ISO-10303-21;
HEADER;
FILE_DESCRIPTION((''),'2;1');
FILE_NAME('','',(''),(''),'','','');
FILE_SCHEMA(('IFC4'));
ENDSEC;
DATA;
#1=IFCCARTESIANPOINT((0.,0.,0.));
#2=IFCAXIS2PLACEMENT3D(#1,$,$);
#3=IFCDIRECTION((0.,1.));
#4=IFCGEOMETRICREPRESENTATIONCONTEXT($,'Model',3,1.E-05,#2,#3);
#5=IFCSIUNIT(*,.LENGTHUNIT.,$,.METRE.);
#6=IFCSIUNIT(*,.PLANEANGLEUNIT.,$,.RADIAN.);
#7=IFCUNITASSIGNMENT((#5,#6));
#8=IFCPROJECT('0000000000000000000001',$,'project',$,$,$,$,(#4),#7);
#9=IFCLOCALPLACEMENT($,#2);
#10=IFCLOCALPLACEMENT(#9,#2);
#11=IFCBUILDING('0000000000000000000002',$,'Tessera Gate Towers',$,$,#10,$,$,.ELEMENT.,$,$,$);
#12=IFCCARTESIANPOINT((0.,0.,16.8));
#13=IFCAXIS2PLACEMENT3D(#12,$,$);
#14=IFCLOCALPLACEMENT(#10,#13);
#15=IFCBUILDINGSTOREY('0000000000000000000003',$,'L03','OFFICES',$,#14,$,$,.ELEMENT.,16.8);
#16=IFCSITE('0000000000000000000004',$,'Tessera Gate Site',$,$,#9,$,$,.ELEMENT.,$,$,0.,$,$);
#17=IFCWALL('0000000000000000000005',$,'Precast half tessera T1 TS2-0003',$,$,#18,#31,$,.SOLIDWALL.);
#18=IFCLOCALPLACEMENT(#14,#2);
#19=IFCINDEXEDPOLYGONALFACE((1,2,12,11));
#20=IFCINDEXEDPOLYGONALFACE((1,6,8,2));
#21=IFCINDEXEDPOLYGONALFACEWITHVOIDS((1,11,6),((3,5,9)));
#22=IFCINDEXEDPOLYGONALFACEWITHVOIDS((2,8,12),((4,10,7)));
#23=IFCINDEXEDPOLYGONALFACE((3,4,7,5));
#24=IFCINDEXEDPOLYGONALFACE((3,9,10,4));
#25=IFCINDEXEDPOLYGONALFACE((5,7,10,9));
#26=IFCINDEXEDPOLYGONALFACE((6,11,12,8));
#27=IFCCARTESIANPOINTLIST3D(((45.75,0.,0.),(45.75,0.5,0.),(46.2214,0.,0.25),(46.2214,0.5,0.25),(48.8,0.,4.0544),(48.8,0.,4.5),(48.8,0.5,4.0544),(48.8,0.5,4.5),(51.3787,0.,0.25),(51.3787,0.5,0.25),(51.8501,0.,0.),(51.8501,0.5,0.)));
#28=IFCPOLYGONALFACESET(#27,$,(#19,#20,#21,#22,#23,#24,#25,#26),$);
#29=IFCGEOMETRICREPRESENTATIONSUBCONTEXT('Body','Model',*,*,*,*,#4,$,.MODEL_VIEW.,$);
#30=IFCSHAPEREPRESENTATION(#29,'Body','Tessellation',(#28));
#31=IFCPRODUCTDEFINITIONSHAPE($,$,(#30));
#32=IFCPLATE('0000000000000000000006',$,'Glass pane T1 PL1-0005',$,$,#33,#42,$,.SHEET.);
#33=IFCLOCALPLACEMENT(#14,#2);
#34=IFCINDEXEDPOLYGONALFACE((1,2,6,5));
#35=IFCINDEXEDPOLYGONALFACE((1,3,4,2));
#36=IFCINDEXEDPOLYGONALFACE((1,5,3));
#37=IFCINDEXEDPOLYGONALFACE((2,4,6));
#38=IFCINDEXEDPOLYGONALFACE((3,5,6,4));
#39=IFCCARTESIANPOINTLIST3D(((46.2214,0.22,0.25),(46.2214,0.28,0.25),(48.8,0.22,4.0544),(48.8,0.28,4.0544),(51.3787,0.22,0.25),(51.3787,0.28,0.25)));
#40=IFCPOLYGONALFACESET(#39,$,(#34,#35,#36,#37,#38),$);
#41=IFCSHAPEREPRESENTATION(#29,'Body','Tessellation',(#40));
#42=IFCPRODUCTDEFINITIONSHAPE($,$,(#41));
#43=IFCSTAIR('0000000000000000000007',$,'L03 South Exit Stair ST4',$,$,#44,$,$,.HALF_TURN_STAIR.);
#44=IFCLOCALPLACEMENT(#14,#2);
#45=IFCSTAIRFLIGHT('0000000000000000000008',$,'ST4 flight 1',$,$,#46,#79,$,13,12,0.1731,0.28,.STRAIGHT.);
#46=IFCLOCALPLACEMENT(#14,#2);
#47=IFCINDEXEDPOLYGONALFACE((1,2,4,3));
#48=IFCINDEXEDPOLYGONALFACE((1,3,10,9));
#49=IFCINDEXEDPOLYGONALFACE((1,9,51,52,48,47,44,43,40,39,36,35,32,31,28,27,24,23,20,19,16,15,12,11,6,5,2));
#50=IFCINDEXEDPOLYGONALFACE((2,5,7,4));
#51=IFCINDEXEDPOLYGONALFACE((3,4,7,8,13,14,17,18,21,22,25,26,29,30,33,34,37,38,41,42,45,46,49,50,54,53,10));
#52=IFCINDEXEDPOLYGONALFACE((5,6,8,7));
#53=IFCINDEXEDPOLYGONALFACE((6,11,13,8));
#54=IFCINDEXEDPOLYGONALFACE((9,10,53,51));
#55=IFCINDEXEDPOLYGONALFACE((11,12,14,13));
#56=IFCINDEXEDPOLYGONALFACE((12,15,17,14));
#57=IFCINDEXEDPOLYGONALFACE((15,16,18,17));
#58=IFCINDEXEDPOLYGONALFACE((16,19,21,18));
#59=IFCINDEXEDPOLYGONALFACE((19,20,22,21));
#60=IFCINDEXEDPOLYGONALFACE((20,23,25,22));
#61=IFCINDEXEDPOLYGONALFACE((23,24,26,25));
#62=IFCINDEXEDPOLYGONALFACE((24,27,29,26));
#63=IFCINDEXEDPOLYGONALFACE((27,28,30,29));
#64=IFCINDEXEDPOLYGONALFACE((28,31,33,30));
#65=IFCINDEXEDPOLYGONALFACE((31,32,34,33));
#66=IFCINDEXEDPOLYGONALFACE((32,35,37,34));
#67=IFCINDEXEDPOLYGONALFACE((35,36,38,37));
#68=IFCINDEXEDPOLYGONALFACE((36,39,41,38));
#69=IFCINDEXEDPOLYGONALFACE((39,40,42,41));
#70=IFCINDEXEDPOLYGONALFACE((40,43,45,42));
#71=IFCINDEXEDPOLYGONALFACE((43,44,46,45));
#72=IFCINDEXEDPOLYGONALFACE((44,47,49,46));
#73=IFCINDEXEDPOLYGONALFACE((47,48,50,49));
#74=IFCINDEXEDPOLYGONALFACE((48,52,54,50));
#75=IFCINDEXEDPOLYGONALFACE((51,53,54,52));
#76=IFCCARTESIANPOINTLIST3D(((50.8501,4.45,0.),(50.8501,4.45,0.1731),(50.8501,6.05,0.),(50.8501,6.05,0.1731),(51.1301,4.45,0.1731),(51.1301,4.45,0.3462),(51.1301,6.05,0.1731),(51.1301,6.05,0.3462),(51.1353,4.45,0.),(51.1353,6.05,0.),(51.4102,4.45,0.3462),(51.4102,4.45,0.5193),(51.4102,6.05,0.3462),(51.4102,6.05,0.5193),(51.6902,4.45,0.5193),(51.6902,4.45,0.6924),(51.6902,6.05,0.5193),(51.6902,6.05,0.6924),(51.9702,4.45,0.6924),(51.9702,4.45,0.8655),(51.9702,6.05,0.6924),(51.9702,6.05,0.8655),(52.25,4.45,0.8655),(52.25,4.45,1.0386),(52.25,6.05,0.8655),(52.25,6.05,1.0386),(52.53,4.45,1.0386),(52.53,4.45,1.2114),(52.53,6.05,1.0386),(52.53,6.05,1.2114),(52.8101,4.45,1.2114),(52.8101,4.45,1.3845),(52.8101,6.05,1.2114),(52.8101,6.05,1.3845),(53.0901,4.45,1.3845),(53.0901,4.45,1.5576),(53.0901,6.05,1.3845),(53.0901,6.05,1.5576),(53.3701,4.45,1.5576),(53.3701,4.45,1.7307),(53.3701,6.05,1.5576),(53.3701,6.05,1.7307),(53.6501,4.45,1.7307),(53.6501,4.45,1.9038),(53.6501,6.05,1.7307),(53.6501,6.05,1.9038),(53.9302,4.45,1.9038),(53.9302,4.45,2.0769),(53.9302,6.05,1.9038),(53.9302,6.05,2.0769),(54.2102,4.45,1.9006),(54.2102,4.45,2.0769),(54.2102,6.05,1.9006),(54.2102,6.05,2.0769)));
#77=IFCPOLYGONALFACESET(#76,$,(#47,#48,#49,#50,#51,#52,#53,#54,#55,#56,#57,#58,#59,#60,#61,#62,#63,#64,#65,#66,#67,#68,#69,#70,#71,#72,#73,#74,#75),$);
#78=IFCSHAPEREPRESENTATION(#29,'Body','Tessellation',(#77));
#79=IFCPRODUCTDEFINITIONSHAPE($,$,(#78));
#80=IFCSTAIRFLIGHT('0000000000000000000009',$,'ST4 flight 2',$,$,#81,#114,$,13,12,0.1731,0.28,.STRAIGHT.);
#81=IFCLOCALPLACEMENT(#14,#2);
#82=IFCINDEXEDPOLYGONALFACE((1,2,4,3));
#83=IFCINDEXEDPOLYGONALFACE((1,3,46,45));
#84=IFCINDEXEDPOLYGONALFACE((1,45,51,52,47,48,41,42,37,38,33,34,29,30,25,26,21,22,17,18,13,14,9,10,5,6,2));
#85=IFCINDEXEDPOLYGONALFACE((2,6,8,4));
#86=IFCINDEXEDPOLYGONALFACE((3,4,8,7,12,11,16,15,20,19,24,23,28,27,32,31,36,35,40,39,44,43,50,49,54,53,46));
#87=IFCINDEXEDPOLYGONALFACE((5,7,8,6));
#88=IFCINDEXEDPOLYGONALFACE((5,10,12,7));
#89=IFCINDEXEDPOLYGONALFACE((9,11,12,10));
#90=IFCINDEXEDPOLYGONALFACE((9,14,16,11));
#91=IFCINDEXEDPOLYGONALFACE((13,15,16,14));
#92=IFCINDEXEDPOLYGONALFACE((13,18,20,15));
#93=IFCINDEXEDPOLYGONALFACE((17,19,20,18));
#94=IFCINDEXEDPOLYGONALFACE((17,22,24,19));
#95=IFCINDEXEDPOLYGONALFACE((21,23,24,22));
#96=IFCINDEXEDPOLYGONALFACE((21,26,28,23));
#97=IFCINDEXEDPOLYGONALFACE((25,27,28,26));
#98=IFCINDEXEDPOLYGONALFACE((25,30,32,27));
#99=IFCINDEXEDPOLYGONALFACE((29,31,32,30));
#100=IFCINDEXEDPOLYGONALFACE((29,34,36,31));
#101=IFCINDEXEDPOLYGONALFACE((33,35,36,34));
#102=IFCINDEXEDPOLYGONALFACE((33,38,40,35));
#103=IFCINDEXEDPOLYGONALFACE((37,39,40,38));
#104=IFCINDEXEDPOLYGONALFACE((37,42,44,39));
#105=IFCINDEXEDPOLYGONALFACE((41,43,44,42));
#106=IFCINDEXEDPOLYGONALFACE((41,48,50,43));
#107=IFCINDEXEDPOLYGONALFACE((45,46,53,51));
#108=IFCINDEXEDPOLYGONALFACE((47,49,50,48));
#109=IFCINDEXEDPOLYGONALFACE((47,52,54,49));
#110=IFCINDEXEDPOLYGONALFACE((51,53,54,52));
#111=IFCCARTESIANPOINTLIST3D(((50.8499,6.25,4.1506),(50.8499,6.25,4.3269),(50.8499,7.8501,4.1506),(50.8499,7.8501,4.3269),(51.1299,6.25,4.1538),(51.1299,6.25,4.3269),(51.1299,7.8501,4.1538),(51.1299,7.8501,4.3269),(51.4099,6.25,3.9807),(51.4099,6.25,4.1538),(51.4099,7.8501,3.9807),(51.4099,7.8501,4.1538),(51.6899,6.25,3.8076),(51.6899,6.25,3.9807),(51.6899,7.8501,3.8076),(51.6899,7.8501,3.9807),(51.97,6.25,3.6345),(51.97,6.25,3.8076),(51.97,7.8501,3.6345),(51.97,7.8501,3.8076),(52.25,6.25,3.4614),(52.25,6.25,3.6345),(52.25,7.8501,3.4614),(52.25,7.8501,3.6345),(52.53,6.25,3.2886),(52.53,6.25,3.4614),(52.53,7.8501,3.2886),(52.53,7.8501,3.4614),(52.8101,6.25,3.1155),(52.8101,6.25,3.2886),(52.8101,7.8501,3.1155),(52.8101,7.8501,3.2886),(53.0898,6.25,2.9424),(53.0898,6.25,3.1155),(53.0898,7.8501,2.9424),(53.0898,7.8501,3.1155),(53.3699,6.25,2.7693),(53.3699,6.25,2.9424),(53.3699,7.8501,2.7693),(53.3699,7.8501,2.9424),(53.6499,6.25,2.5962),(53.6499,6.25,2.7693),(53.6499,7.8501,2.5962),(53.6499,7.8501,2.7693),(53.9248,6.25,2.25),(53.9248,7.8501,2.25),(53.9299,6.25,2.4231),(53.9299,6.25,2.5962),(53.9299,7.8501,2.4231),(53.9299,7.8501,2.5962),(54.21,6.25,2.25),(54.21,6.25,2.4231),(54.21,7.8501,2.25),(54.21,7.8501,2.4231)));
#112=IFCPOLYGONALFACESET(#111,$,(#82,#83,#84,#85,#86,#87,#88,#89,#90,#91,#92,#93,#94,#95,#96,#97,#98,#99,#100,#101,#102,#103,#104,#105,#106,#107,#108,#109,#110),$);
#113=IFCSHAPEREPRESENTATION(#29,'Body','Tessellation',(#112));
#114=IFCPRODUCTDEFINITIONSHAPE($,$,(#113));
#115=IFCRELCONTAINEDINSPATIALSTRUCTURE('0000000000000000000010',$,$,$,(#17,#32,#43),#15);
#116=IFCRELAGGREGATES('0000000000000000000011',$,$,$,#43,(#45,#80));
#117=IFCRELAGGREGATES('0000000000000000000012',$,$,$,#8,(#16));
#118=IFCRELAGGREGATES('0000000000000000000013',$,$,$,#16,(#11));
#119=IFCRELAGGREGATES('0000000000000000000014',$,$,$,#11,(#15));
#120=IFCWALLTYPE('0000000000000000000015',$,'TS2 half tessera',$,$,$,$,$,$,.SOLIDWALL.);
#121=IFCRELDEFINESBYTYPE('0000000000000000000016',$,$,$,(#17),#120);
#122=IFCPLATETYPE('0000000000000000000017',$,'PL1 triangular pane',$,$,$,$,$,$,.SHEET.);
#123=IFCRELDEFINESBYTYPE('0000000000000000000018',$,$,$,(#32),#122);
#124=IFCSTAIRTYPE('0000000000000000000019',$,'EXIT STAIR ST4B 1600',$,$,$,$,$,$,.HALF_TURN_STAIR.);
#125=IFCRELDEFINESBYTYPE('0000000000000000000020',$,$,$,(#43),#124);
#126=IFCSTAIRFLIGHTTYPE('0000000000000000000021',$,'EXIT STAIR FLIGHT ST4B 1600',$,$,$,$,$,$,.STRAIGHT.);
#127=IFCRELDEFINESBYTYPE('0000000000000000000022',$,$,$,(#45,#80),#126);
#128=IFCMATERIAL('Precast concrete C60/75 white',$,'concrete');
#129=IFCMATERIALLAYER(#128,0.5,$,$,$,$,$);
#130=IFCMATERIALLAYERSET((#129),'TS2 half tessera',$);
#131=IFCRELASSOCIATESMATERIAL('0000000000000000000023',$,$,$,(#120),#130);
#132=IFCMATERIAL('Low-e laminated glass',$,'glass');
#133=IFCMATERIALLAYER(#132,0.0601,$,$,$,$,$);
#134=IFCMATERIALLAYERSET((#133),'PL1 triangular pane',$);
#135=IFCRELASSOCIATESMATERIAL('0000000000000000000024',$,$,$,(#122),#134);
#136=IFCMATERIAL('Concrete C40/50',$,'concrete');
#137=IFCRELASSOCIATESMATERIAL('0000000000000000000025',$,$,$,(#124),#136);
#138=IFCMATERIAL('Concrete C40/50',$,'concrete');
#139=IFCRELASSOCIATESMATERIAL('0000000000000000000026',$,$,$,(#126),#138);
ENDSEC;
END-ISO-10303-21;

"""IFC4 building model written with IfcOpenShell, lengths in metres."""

from ifc_helpers import new_model, si_unit, direction, frame, origin, place, context, subcontext, project, spatial, polyline, outline, extrude, source, transform, mapped, material, layer, layer_set, type_object, element, fill, aggregate, save


model = new_model("IFC4")

# Units and contexts
model_context = context("Model", 3, precision=1e-05, world=origin(), true_north=direction((0.0, 1.0)))
body_context = subcontext(model_context, "Body", "Model", "MODEL_VIEW")
ifc_project = project(units=[si_unit("LENGTHUNIT", "METRE"), si_unit("PLANEANGLEUNIT", "RADIAN")], contexts=[model_context])

# Site, building, storey
site_placement = place(None, origin())
site = spatial("IfcSite", under=ifc_project, at=site_placement, Name="Tessera Gate Site", CompositionType="ELEMENT", RefElevation=0.0)
building_placement = place(site_placement, origin())
building = spatial("IfcBuilding", under=site, at=building_placement, Name="Tessera Gate Towers", CompositionType="ELEMENT")
storey_placement = place(building_placement, frame((0.0, 0.0, 16.8)))
storey = spatial("IfcBuildingStorey", under=building, at=storey_placement, Name="L03", Description="OFFICES", CompositionType="ELEMENT", Elevation=16.8)

# Wall, opening, plate
ifc_material_1 = material(Name="Precast concrete C60/75 white", Category="concrete")
ifc_layer_1 = layer(ifc_material_1, 0.5)
ifc_layer_set_1 = layer_set([ifc_layer_1], Name="TS2 half tessera")
wall_type_1 = type_object("IfcWallType", Name="TS2 half tessera", PredefinedType="SOLIDWALL", material=ifc_layer_set_1)
shared_shape_1 = source(origin(), body_context, "Body", "SweptSolid", [
    extrude(outline(polyline([(6.1001, 0.0), (3.05, 4.5), (0.0, 0.0), (6.1001, 0.0)])), frame((0.0, 0.25, 0.0), z_axis=(0.0, -1.0, 0.0), x_axis=(1.0, 0.0, 0.0)), (0.0, 0.0, 1.0), 0.5),
])
shared_shape_2 = source(origin(), body_context, "Body", "SweptSolid", [
    extrude(outline(polyline([(5.6287, 0.25), (3.05, 4.0544), (0.4714, 0.25), (5.6287, 0.25)])), frame((0.0, 0.26, 0.0), z_axis=(0.0, -1.0, 0.0), x_axis=(1.0, 0.0, 0.0)), (0.0, 0.0, 1.0), 0.52),
])
ifc_material_2 = material(Name="Low-e laminated glass", Category="glass")
ifc_layer_2 = layer(ifc_material_2, 0.0601)
ifc_layer_set_2 = layer_set([ifc_layer_2], Name="PL1 triangular pane")
plate_type = type_object("IfcPlateType", Name="PL1 triangular pane", PredefinedType="SHEET", material=ifc_layer_set_2)
shared_shape_3 = source(origin(), body_context, "Body", "SweptSolid", [
    extrude(outline(polyline([(5.6287, 0.25), (3.05, 4.0544), (0.4714, 0.25), (5.6287, 0.25)])), frame((0.0, 0.03, 0.0), z_axis=(0.0, -1.0, 0.0), x_axis=(1.0, 0.0, 0.0)), (0.0, 0.0, 1.0), 0.0601),
])
wall_1_placement = place(storey_placement, frame((45.75, 0.25, 0.0), z_axis=(0.0, 0.0, 1.0), x_axis=(1.0, 0.0, 0.0)))
wall_1 = element("IfcWall", 1, at=wall_1_placement, inside=storey, type_object=wall_type_1, Name="Precast half tessera T1 TS2-0003", PredefinedType="SOLIDWALL", context=body_context, shape_type="MappedRepresentation", body=[
    mapped(shared_shape_1, transform((0.0, 0.0, 0.0), scale=1.0)),
])
opening_1_placement = place(wall_1_placement, origin())
opening_1 = element("IfcOpeningElement", 2, at=opening_1_placement, cuts=wall_1, PredefinedType="OPENING", context=body_context, shape_type="MappedRepresentation", body=[
    mapped(shared_shape_2, transform((0.0, 0.0, 0.0), scale=1.0)),
])
plate_1_placement = place(opening_1_placement, origin())
plate_1 = element("IfcPlate", 3, at=plate_1_placement, inside=storey, type_object=plate_type, Name="Glass pane T1 PL1-0005", PredefinedType="SHEET", context=body_context, shape_type="MappedRepresentation", body=[
    mapped(shared_shape_3, transform((0.0, 0.0, 0.0), scale=1.0)),
])
fill(opening_1, plate_1)

# Stair, stair flights
ifc_material_3 = material(Name="Concrete C40/50", Category="concrete")
stair_type = type_object("IfcStairType", Name="EXIT STAIR ST4B 1600", PredefinedType="HALF_TURN_STAIR", material=ifc_material_3)
stair_placement = place(storey_placement, origin())
stair = element("IfcStair", 4, at=stair_placement, inside=storey, type_object=stair_type, Name="L03 South Exit Stair ST4", PredefinedType="HALF_TURN_STAIR")
ifc_material_4 = material(Name="Concrete C40/50", Category="concrete")
stair_flight_type = type_object("IfcStairFlightType", Name="EXIT STAIR FLIGHT ST4B 1600", PredefinedType="STRAIGHT", material=ifc_material_4)
stair_flight_1_placement = place(storey_placement, frame((50.8501, 5.25, 0.0), z_axis=(0.0, 0.0, 1.0), x_axis=(1.0, 0.0, 0.0)))
stair_flight_1 = element("IfcStairFlight", 5, at=stair_flight_1_placement, type_object=stair_flight_type, Name="ST4 flight 1", NumberOfRisers=13, NumberOfTreads=12, PredefinedType="STRAIGHT", RiserHeight=0.1731, TreadLength=0.28, context=body_context, shape_type="SweptSolid", body=[
    extrude(outline(polyline([(0.0, 0.0), (0.0, 0.1731), (0.28, 0.1731), (0.28, 0.3462), (0.5601, 0.3462), (0.5601, 0.5193), (0.8401, 0.5193), (0.8401, 0.6924), (1.1201, 0.6924), (1.1201, 0.8655), (1.3999, 0.8655), (1.3999, 1.0386), (1.6799, 1.0386), (1.6799, 1.2114), (1.96, 1.2114), (1.96, 1.3845), (2.24, 1.3845), (2.24, 1.5576), (2.52, 1.5576), (2.52, 1.7307), (2.8, 1.7307), (2.8, 1.9038), (3.0801, 1.9038), (3.0801, 2.0769), (3.3601, 2.0769), (3.3601, 2.25), (3.3601, 1.9006), (0.2852, 0.0), (0.0, 0.0)])), frame((0.0, 0.8, 0.0), z_axis=(0.0, -1.0, 0.0), x_axis=(1.0, 0.0, 0.0)), (0.0, 0.0, 1.0), 1.6001),
])
stair_flight_2_placement = place(storey_placement, frame((54.21, 7.05, 2.25), z_axis=(0.0, 0.0, 1.0), x_axis=(-1.0, 0.0, 0.0)))
stair_flight_2 = element("IfcStairFlight", 6, at=stair_flight_2_placement, type_object=stair_flight_type, Name="ST4 flight 2", NumberOfRisers=13, NumberOfTreads=12, PredefinedType="STRAIGHT", RiserHeight=0.1731, TreadLength=0.28, context=body_context, shape_type="SweptSolid", body=[
    extrude(outline(polyline([(0.0, 0.0), (0.0, 0.1731), (0.28, 0.1731), (0.28, 0.3462), (0.5601, 0.3462), (0.5601, 0.5193), (0.8401, 0.5193), (0.8401, 0.6924), (1.1201, 0.6924), (1.1201, 0.8655), (1.3999, 0.8655), (1.3999, 1.0386), (1.6799, 1.0386), (1.6799, 1.2114), (1.96, 1.2114), (1.96, 1.3845), (2.24, 1.3845), (2.24, 1.5576), (2.52, 1.5576), (2.52, 1.7307), (2.8, 1.7307), (2.8, 1.9038), (3.0801, 1.9038), (3.0801, 2.0769), (3.3601, 2.0769), (3.3601, 2.25), (3.3601, 1.9006), (0.2852, 0.0), (0.0, 0.0)])), frame((0.0, 0.8, 0.0), z_axis=(0.0, -1.0, 0.0), x_axis=(1.0, 0.0, 0.0)), (0.0, 0.0, 1.0), 1.6001),
])
aggregate(stair, [stair_flight_1, stair_flight_2])

save(model, "model.ifc")
